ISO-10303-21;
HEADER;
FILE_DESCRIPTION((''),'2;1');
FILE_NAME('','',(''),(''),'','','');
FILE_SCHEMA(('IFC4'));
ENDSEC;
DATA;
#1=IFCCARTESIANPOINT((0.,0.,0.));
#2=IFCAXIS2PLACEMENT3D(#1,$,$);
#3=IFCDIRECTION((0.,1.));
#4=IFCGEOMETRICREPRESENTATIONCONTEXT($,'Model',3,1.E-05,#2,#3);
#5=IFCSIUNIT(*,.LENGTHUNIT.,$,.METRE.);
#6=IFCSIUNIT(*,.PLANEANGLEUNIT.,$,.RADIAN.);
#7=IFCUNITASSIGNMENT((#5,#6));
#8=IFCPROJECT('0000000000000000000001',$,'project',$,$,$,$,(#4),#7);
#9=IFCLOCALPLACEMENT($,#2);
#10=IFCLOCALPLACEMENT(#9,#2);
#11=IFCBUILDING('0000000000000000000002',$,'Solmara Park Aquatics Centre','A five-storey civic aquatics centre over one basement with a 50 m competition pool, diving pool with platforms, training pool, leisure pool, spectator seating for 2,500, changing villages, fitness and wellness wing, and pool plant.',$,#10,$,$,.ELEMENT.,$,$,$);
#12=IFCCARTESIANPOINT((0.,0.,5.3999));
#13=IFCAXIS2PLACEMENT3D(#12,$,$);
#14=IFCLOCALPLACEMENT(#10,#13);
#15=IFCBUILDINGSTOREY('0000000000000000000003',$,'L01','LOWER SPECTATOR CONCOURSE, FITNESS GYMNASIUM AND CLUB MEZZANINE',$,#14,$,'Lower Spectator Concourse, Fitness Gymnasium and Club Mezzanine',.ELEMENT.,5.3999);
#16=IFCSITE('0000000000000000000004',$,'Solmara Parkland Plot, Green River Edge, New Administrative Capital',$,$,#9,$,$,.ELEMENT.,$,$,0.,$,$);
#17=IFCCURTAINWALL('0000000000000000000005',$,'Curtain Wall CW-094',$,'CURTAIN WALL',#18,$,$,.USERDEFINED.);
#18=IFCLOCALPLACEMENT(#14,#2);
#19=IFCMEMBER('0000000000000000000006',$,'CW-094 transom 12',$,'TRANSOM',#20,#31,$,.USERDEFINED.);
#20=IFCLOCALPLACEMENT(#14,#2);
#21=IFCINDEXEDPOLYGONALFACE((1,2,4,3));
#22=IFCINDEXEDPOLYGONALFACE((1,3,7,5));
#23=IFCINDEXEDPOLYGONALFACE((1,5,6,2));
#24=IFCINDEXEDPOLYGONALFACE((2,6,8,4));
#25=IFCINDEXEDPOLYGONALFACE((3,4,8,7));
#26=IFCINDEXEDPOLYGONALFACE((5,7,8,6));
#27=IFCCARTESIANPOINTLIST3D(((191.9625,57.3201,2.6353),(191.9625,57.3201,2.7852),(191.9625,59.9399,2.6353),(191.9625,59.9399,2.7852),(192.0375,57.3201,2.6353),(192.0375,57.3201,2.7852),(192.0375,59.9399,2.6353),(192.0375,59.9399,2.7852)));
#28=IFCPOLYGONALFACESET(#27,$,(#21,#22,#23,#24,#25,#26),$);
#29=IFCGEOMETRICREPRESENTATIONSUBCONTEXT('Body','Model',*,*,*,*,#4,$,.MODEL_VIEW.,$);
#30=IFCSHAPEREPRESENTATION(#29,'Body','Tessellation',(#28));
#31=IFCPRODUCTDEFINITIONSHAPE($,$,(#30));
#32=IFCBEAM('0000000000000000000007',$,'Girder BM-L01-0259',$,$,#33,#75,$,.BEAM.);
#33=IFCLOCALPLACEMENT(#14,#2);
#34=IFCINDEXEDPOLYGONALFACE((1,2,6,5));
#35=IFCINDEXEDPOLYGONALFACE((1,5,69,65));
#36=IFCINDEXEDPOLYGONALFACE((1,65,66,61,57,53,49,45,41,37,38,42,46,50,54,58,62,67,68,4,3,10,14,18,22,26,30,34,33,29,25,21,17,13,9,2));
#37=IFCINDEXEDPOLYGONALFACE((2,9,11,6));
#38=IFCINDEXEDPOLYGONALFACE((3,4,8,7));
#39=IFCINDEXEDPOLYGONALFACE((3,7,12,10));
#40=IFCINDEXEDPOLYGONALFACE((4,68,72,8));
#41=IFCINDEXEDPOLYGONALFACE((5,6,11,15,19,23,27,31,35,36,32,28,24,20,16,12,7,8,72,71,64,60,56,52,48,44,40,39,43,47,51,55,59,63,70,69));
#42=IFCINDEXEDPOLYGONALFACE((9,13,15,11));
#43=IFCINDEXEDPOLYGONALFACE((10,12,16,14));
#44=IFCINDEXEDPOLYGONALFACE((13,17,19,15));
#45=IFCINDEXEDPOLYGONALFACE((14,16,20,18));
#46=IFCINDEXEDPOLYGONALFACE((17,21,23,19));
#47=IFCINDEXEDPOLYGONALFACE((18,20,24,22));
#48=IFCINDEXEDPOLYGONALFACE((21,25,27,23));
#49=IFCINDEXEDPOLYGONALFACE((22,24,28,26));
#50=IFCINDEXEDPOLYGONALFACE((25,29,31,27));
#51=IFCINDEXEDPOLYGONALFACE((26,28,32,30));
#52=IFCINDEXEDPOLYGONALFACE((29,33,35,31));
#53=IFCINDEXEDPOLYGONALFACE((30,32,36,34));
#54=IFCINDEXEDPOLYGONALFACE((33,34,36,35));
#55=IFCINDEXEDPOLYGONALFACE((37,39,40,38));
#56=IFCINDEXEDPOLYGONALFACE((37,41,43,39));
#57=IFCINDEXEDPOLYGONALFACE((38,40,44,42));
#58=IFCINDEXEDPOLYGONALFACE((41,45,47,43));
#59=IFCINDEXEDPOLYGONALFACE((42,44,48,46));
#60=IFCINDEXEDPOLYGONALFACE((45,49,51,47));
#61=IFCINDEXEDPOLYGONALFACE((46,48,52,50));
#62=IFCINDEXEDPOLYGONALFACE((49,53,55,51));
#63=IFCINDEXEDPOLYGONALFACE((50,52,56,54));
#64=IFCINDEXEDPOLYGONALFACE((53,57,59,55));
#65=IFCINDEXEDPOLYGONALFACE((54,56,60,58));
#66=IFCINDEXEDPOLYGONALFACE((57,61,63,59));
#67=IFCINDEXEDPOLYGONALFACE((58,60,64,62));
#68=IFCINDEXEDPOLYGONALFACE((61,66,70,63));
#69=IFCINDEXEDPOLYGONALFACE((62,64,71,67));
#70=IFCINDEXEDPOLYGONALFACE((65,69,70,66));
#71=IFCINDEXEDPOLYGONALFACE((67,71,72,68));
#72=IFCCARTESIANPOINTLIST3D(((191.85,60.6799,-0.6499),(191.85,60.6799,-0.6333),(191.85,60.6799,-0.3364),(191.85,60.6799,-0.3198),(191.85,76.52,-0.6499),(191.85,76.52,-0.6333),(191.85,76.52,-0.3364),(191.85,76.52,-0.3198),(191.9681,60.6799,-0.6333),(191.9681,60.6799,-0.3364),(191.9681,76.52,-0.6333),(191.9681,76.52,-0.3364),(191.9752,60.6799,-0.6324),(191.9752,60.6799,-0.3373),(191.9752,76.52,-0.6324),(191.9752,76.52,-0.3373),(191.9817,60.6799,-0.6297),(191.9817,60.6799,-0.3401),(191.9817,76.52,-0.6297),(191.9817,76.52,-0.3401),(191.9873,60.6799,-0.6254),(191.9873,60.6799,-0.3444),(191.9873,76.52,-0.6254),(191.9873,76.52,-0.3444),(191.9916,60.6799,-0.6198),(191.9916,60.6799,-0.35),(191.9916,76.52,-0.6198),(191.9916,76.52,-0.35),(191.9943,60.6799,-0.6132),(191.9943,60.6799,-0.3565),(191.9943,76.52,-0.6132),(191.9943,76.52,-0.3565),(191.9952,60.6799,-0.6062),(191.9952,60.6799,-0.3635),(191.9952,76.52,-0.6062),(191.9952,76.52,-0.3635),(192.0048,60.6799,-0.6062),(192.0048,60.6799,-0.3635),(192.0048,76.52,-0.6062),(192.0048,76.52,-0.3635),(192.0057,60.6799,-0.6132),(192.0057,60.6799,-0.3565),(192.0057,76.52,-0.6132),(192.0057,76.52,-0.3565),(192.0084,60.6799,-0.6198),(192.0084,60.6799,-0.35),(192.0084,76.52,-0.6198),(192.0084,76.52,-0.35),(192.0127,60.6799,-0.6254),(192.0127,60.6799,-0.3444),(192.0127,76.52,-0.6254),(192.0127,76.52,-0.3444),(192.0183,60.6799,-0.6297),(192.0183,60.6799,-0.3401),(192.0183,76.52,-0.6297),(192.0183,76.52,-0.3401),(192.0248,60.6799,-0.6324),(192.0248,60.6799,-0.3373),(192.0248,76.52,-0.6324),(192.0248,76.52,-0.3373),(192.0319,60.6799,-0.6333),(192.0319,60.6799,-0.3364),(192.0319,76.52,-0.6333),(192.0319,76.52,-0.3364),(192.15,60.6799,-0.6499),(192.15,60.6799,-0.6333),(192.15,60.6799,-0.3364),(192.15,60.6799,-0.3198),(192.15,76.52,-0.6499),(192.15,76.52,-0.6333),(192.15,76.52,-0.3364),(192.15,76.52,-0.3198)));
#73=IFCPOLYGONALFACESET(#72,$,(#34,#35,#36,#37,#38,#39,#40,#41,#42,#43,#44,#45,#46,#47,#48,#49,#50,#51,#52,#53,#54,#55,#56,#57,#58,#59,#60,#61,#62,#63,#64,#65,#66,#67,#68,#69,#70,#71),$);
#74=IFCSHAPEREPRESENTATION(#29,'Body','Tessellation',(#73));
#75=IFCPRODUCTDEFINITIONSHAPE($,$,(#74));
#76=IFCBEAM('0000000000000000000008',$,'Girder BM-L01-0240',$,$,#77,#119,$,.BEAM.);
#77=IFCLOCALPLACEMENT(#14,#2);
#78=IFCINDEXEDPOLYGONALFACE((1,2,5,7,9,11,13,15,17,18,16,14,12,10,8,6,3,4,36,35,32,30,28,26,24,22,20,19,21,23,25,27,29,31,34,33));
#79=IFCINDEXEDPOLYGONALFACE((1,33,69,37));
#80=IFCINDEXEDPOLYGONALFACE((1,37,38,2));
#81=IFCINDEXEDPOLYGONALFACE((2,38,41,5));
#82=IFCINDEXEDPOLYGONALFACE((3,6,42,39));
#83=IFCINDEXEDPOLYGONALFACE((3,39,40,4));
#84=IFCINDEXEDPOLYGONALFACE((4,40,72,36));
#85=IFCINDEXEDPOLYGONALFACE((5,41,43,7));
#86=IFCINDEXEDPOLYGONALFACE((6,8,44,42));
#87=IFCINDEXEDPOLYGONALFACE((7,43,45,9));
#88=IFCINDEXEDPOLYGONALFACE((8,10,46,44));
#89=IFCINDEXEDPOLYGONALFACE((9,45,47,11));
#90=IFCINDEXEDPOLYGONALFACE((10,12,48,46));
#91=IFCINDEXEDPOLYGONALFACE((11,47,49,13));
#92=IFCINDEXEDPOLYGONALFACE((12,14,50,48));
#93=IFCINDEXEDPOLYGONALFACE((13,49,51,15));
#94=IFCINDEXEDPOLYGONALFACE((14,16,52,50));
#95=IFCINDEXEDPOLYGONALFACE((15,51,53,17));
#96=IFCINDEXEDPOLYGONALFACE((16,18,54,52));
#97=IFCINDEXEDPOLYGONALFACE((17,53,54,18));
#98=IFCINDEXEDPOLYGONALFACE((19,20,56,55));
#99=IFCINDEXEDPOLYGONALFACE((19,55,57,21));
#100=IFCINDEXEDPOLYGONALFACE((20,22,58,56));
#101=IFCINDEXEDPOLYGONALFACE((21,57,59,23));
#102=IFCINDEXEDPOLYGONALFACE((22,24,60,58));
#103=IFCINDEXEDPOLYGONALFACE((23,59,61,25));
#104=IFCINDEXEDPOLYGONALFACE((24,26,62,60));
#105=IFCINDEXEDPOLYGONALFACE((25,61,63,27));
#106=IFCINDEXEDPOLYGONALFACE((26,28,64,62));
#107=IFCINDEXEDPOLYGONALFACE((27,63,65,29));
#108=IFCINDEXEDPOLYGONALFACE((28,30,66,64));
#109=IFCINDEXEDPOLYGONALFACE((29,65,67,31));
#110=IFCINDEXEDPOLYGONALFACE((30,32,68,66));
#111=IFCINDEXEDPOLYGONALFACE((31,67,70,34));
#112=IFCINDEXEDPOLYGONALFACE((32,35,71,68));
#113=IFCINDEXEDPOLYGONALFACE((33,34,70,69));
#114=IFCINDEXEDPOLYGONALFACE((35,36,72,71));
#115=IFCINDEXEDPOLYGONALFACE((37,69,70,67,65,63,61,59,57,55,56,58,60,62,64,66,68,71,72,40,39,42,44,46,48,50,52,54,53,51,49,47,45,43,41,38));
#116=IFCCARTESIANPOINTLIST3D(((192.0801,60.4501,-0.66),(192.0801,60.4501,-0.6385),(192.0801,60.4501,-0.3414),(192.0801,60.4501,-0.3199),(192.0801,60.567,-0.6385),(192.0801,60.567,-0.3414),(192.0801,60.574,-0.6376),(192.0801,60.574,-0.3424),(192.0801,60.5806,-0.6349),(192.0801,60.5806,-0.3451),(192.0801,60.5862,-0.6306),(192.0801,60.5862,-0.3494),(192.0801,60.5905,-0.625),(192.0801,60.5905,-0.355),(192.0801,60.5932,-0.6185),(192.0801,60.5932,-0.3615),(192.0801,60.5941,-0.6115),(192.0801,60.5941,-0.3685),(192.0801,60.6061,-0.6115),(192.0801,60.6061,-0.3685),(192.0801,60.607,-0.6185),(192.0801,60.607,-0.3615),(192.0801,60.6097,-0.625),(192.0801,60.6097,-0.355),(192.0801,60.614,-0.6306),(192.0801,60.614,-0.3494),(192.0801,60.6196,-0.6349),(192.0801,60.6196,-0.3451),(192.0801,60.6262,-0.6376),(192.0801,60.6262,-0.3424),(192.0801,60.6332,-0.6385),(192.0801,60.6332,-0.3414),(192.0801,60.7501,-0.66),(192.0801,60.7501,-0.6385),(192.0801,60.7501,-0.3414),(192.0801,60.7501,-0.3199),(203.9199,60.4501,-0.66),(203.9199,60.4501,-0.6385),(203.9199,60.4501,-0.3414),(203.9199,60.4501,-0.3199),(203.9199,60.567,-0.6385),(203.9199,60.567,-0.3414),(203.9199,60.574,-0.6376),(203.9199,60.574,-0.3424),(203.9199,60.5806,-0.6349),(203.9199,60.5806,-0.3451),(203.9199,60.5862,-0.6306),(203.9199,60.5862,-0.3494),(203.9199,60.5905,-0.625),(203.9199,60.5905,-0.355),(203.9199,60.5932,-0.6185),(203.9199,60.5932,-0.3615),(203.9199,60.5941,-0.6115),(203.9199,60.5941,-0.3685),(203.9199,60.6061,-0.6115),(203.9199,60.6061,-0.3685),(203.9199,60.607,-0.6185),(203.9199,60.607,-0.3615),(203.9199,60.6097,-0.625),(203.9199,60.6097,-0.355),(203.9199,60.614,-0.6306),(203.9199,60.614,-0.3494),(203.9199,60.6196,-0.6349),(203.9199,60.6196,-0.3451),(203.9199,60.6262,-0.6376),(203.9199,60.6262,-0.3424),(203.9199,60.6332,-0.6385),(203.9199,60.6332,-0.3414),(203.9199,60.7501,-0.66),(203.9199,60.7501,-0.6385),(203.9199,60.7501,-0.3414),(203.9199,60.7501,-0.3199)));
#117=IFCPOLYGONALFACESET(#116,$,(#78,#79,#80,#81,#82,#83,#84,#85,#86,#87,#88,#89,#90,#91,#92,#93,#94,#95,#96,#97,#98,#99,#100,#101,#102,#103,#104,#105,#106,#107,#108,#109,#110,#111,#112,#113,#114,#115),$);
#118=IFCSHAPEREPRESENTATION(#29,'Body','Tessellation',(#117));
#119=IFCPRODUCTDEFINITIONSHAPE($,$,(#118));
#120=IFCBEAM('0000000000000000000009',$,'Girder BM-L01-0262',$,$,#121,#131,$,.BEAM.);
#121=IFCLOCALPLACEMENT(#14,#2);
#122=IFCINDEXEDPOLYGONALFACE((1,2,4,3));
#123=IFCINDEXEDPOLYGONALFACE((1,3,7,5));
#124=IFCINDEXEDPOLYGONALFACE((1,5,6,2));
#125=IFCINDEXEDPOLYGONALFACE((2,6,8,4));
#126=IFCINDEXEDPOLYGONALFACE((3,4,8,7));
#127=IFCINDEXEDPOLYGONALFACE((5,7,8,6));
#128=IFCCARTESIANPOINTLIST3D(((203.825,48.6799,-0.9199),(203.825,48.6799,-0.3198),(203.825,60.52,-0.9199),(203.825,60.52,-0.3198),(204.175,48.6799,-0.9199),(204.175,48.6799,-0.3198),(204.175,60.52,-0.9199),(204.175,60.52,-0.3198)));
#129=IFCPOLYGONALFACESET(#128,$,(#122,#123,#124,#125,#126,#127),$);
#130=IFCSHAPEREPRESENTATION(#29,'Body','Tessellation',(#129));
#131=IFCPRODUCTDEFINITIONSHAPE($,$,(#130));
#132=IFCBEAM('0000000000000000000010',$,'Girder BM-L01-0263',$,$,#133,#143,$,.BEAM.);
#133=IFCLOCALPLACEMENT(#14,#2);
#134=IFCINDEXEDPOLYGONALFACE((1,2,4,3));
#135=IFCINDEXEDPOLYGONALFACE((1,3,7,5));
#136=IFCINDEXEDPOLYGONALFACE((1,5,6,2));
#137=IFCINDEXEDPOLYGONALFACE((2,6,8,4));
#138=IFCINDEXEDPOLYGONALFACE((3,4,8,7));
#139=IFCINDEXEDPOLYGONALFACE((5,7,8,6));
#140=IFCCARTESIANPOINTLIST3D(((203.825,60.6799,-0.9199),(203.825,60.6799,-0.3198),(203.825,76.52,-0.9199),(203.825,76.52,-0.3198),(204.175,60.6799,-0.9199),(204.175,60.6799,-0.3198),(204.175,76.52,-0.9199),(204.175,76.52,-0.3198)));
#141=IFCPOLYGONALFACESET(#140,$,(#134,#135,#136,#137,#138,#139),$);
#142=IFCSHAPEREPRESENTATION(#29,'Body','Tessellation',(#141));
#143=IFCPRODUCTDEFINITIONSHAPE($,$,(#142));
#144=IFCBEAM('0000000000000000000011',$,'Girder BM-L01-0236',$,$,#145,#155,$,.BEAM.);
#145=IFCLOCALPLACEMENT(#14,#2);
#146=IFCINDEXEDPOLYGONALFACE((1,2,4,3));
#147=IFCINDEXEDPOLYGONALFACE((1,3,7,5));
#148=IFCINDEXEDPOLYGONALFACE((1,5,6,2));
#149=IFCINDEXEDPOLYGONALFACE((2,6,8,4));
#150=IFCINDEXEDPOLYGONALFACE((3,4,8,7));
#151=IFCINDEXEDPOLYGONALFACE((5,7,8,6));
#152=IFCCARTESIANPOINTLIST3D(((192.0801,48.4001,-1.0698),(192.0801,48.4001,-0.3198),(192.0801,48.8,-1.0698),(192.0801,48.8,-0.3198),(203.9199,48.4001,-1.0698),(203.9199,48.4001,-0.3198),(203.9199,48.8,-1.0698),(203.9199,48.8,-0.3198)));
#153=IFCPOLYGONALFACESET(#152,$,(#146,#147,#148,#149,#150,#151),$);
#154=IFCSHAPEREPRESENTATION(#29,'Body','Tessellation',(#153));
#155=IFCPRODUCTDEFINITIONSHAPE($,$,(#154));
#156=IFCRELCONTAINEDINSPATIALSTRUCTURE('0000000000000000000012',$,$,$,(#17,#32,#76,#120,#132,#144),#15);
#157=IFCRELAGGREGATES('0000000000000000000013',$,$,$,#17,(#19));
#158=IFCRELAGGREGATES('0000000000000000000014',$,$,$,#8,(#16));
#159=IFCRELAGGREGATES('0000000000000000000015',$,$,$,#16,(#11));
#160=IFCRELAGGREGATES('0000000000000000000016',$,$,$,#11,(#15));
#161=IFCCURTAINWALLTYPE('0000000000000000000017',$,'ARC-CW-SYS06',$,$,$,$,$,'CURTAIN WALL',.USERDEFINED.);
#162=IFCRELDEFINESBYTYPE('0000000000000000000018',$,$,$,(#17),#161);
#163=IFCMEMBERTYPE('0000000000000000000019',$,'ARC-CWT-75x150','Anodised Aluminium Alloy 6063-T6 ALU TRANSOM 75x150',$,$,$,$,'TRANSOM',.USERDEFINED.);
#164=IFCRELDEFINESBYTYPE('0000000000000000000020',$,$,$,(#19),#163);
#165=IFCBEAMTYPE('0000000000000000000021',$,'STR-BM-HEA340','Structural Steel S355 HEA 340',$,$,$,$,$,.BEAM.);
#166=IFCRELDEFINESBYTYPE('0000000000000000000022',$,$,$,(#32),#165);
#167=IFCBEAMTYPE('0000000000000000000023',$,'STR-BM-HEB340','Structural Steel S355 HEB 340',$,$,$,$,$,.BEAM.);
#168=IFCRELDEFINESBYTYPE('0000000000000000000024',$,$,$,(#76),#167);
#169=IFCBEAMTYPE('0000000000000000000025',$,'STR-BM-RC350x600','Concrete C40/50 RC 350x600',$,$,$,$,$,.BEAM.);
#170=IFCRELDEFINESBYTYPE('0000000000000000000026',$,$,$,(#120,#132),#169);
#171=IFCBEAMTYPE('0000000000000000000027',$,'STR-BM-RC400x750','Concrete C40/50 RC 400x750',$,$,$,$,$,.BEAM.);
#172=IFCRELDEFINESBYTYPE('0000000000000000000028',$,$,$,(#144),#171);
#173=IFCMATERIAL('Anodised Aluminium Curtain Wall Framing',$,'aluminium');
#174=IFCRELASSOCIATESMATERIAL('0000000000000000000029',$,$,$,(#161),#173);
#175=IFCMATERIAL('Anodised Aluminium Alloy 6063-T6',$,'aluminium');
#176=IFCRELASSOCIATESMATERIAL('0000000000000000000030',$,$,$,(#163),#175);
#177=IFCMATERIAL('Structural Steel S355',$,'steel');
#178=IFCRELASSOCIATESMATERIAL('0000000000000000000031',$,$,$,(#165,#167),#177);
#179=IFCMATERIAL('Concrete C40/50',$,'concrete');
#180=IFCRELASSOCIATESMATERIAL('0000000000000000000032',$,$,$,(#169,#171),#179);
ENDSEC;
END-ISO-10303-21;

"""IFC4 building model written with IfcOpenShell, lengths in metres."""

from ifc_helpers import new_model, si_unit, direction, frame, origin, origin_2d, place, context, subcontext, project, spatial, rectangle, i_section, extrude, material, material_profile, profile_set, type_object, element, aggregate, save


model = new_model("IFC4")

# Units and contexts
model_context = context("Model", 3, precision=1e-05, world=origin(), true_north=direction((0.0, 1.0)))
body_context = subcontext(model_context, "Body", "Model", "MODEL_VIEW")
ifc_project = project(units=[si_unit("LENGTHUNIT", "METRE"), si_unit("PLANEANGLEUNIT", "RADIAN")], contexts=[model_context])

# Site, building, storey
site_placement = place(None, origin())
site = spatial("IfcSite", under=ifc_project, at=site_placement, Name="Solmara Parkland Plot, Green River Edge, New Administrative Capital", CompositionType="ELEMENT", RefElevation=0.0)
building_placement = place(site_placement, origin())
building = spatial("IfcBuilding", under=site, at=building_placement, Name="Solmara Park Aquatics Centre", Description="A five-storey civic aquatics centre over one basement with a 50 m competition pool, diving pool with platforms, training pool, leisure pool, spectator seating for 2,500, changing villages, fitness and wellness wing, and pool plant.", CompositionType="ELEMENT")
storey_placement = place(building_placement, frame((0.0, 0.0, 5.3999)))
storey = spatial("IfcBuildingStorey", under=building, at=storey_placement, Name="L01", Description="LOWER SPECTATOR CONCOURSE, FITNESS GYMNASIUM AND CLUB MEZZANINE", LongName="Lower Spectator Concourse, Fitness Gymnasium and Club Mezzanine", CompositionType="ELEMENT", Elevation=5.3999)

# Shared definitions
ifc_material_1 = material(Name="Concrete C40/50", Category="concrete")

# Curtain wall, member
ifc_material_2 = material(Name="Anodised Aluminium Curtain Wall Framing", Category="aluminium")
curtain_wall_type = type_object("IfcCurtainWallType", Name="ARC-CW-SYS06", ElementType="CURTAIN WALL", PredefinedType="USERDEFINED", material=ifc_material_2)
curtain_wall_placement = place(storey_placement, origin())
curtain_wall = element("IfcCurtainWall", 1, at=curtain_wall_placement, inside=storey, type_object=curtain_wall_type, Name="Curtain Wall CW-094", ObjectType="CURTAIN WALL", PredefinedType="USERDEFINED")
ifc_material_3 = material(Name="Anodised Aluminium Alloy 6063-T6", Category="aluminium")
ifc_material_profile_1 = material_profile(ifc_material_3, rectangle(XDim=0.075, YDim=0.1499, at=origin_2d()), Name="ALU TRANSOM 75x150")
ifc_profile_set_1 = profile_set([ifc_material_profile_1], Name="Anodised Aluminium Alloy 6063-T6")
member_type_1 = type_object("IfcMemberType", Name="ARC-CWT-75x150", Description="Anodised Aluminium Alloy 6063-T6 ALU TRANSOM 75x150", ElementType="TRANSOM", PredefinedType="USERDEFINED", material=ifc_profile_set_1)
member_1_placement = place(storey_placement, frame((192.0, 57.3201, 2.7102), z_axis=(0.0, 1.0, 0.0), x_axis=(-1.0, 0.0, 0.0)))
member_1 = element("IfcMember", 2, at=member_1_placement, type_object=member_type_1, Name="CW-094 transom 12", ObjectType="TRANSOM", PredefinedType="USERDEFINED", context=body_context, shape_type="SweptSolid", body=[
    extrude(rectangle(XDim=0.075, YDim=0.1499, at=origin_2d()), origin(), (0.0, 0.0, 1.0), 2.6199),
])

# Beams
ifc_material_4 = material(Name="Structural Steel S355", Category="steel")
ifc_material_profile_2 = material_profile(ifc_material_4, i_section(OverallWidth=0.3, OverallDepth=0.3301, WebThickness=0.0095, FlangeThickness=0.0166, FilletRadius=0.0271, at=origin_2d()), Name="HEA 340")
ifc_profile_set_2 = profile_set([ifc_material_profile_2], Name="Structural Steel S355")
beam_type_1 = type_object("IfcBeamType", Name="STR-BM-HEA340", Description="Structural Steel S355 HEA 340", PredefinedType="BEAM", material=ifc_profile_set_2)
beam_1_placement = place(storey_placement, frame((192.0, 60.6799, -0.4849), z_axis=(0.0, 1.0, 0.0), x_axis=(-1.0, 0.0, 0.0)))
element("IfcBeam", 3, at=beam_1_placement, inside=storey, type_object=beam_type_1, Name="Girder BM-L01-0259", PredefinedType="BEAM", context=body_context, shape_type="SweptSolid", body=[
    extrude(i_section(OverallWidth=0.3, OverallDepth=0.3301, WebThickness=0.0095, FlangeThickness=0.0166, FilletRadius=0.0271, at=origin_2d()), origin(), (0.0, 0.0, 1.0), 15.8401),
])
ifc_material_profile_3 = material_profile(ifc_material_4, i_section(OverallWidth=0.3, OverallDepth=0.3401, WebThickness=0.012, FlangeThickness=0.0215, FilletRadius=0.0271, at=origin_2d()), Name="HEB 340")
ifc_profile_set_3 = profile_set([ifc_material_profile_3], Name="Structural Steel S355")
beam_type_2 = type_object("IfcBeamType", Name="STR-BM-HEB340", Description="Structural Steel S355 HEB 340", PredefinedType="BEAM", material=ifc_profile_set_3)
beam_2_placement = place(storey_placement, frame((192.0801, 60.6001, -0.49), z_axis=(1.0, 0.0, 0.0), x_axis=(0.0, 1.0, 0.0)))
element("IfcBeam", 4, at=beam_2_placement, inside=storey, type_object=beam_type_2, Name="Girder BM-L01-0240", PredefinedType="BEAM", context=body_context, shape_type="SweptSolid", body=[
    extrude(i_section(OverallWidth=0.3, OverallDepth=0.3401, WebThickness=0.012, FlangeThickness=0.0215, FilletRadius=0.0271, at=origin_2d()), origin(), (0.0, 0.0, 1.0), 11.8398),
])
ifc_material_profile_4 = material_profile(ifc_material_1, rectangle(XDim=0.3501, YDim=0.6001, at=origin_2d()), Name="RC 350x600")
ifc_profile_set_4 = profile_set([ifc_material_profile_4], Name="Concrete C40/50")
beam_type_3 = type_object("IfcBeamType", Name="STR-BM-RC350x600", Description="Concrete C40/50 RC 350x600", PredefinedType="BEAM", material=ifc_profile_set_4)
beam_3_placement = place(storey_placement, frame((204.0, 48.6799, -0.6199), z_axis=(0.0, 1.0, 0.0), x_axis=(-1.0, 0.0, 0.0)))
element("IfcBeam", 5, at=beam_3_placement, inside=storey, type_object=beam_type_3, Name="Girder BM-L01-0262", PredefinedType="BEAM", context=body_context, shape_type="SweptSolid", body=[
    extrude(rectangle(XDim=0.3501, YDim=0.6001, at=origin_2d()), origin(), (0.0, 0.0, 1.0), 11.8401),
])
beam_4_placement = place(storey_placement, frame((204.0, 60.6799, -0.6199), z_axis=(0.0, 1.0, 0.0), x_axis=(-1.0, 0.0, 0.0)))
element("IfcBeam", 6, at=beam_4_placement, inside=storey, type_object=beam_type_3, Name="Girder BM-L01-0263", PredefinedType="BEAM", context=body_context, shape_type="SweptSolid", body=[
    extrude(rectangle(XDim=0.3501, YDim=0.6001, at=origin_2d()), origin(), (0.0, 0.0, 1.0), 15.8401),
])
ifc_material_profile_5 = material_profile(ifc_material_1, rectangle(XDim=0.3999, YDim=0.75, at=origin_2d()), Name="RC 400x750")
ifc_profile_set_5 = profile_set([ifc_material_profile_5], Name="Concrete C40/50")
beam_type_4 = type_object("IfcBeamType", Name="STR-BM-RC400x750", Description="Concrete C40/50 RC 400x750", PredefinedType="BEAM", material=ifc_profile_set_5)
beam_5_placement = place(storey_placement, frame((192.0801, 48.6001, -0.6948), z_axis=(1.0, 0.0, 0.0), x_axis=(0.0, 1.0, 0.0)))
element("IfcBeam", 7, at=beam_5_placement, inside=storey, type_object=beam_type_4, Name="Girder BM-L01-0236", PredefinedType="BEAM", context=body_context, shape_type="SweptSolid", body=[
    extrude(rectangle(XDim=0.3999, YDim=0.75, at=origin_2d()), origin(), (0.0, 0.0, 1.0), 11.8398),
])

aggregate(curtain_wall, [member_1])

save(model, "model.ifc")
